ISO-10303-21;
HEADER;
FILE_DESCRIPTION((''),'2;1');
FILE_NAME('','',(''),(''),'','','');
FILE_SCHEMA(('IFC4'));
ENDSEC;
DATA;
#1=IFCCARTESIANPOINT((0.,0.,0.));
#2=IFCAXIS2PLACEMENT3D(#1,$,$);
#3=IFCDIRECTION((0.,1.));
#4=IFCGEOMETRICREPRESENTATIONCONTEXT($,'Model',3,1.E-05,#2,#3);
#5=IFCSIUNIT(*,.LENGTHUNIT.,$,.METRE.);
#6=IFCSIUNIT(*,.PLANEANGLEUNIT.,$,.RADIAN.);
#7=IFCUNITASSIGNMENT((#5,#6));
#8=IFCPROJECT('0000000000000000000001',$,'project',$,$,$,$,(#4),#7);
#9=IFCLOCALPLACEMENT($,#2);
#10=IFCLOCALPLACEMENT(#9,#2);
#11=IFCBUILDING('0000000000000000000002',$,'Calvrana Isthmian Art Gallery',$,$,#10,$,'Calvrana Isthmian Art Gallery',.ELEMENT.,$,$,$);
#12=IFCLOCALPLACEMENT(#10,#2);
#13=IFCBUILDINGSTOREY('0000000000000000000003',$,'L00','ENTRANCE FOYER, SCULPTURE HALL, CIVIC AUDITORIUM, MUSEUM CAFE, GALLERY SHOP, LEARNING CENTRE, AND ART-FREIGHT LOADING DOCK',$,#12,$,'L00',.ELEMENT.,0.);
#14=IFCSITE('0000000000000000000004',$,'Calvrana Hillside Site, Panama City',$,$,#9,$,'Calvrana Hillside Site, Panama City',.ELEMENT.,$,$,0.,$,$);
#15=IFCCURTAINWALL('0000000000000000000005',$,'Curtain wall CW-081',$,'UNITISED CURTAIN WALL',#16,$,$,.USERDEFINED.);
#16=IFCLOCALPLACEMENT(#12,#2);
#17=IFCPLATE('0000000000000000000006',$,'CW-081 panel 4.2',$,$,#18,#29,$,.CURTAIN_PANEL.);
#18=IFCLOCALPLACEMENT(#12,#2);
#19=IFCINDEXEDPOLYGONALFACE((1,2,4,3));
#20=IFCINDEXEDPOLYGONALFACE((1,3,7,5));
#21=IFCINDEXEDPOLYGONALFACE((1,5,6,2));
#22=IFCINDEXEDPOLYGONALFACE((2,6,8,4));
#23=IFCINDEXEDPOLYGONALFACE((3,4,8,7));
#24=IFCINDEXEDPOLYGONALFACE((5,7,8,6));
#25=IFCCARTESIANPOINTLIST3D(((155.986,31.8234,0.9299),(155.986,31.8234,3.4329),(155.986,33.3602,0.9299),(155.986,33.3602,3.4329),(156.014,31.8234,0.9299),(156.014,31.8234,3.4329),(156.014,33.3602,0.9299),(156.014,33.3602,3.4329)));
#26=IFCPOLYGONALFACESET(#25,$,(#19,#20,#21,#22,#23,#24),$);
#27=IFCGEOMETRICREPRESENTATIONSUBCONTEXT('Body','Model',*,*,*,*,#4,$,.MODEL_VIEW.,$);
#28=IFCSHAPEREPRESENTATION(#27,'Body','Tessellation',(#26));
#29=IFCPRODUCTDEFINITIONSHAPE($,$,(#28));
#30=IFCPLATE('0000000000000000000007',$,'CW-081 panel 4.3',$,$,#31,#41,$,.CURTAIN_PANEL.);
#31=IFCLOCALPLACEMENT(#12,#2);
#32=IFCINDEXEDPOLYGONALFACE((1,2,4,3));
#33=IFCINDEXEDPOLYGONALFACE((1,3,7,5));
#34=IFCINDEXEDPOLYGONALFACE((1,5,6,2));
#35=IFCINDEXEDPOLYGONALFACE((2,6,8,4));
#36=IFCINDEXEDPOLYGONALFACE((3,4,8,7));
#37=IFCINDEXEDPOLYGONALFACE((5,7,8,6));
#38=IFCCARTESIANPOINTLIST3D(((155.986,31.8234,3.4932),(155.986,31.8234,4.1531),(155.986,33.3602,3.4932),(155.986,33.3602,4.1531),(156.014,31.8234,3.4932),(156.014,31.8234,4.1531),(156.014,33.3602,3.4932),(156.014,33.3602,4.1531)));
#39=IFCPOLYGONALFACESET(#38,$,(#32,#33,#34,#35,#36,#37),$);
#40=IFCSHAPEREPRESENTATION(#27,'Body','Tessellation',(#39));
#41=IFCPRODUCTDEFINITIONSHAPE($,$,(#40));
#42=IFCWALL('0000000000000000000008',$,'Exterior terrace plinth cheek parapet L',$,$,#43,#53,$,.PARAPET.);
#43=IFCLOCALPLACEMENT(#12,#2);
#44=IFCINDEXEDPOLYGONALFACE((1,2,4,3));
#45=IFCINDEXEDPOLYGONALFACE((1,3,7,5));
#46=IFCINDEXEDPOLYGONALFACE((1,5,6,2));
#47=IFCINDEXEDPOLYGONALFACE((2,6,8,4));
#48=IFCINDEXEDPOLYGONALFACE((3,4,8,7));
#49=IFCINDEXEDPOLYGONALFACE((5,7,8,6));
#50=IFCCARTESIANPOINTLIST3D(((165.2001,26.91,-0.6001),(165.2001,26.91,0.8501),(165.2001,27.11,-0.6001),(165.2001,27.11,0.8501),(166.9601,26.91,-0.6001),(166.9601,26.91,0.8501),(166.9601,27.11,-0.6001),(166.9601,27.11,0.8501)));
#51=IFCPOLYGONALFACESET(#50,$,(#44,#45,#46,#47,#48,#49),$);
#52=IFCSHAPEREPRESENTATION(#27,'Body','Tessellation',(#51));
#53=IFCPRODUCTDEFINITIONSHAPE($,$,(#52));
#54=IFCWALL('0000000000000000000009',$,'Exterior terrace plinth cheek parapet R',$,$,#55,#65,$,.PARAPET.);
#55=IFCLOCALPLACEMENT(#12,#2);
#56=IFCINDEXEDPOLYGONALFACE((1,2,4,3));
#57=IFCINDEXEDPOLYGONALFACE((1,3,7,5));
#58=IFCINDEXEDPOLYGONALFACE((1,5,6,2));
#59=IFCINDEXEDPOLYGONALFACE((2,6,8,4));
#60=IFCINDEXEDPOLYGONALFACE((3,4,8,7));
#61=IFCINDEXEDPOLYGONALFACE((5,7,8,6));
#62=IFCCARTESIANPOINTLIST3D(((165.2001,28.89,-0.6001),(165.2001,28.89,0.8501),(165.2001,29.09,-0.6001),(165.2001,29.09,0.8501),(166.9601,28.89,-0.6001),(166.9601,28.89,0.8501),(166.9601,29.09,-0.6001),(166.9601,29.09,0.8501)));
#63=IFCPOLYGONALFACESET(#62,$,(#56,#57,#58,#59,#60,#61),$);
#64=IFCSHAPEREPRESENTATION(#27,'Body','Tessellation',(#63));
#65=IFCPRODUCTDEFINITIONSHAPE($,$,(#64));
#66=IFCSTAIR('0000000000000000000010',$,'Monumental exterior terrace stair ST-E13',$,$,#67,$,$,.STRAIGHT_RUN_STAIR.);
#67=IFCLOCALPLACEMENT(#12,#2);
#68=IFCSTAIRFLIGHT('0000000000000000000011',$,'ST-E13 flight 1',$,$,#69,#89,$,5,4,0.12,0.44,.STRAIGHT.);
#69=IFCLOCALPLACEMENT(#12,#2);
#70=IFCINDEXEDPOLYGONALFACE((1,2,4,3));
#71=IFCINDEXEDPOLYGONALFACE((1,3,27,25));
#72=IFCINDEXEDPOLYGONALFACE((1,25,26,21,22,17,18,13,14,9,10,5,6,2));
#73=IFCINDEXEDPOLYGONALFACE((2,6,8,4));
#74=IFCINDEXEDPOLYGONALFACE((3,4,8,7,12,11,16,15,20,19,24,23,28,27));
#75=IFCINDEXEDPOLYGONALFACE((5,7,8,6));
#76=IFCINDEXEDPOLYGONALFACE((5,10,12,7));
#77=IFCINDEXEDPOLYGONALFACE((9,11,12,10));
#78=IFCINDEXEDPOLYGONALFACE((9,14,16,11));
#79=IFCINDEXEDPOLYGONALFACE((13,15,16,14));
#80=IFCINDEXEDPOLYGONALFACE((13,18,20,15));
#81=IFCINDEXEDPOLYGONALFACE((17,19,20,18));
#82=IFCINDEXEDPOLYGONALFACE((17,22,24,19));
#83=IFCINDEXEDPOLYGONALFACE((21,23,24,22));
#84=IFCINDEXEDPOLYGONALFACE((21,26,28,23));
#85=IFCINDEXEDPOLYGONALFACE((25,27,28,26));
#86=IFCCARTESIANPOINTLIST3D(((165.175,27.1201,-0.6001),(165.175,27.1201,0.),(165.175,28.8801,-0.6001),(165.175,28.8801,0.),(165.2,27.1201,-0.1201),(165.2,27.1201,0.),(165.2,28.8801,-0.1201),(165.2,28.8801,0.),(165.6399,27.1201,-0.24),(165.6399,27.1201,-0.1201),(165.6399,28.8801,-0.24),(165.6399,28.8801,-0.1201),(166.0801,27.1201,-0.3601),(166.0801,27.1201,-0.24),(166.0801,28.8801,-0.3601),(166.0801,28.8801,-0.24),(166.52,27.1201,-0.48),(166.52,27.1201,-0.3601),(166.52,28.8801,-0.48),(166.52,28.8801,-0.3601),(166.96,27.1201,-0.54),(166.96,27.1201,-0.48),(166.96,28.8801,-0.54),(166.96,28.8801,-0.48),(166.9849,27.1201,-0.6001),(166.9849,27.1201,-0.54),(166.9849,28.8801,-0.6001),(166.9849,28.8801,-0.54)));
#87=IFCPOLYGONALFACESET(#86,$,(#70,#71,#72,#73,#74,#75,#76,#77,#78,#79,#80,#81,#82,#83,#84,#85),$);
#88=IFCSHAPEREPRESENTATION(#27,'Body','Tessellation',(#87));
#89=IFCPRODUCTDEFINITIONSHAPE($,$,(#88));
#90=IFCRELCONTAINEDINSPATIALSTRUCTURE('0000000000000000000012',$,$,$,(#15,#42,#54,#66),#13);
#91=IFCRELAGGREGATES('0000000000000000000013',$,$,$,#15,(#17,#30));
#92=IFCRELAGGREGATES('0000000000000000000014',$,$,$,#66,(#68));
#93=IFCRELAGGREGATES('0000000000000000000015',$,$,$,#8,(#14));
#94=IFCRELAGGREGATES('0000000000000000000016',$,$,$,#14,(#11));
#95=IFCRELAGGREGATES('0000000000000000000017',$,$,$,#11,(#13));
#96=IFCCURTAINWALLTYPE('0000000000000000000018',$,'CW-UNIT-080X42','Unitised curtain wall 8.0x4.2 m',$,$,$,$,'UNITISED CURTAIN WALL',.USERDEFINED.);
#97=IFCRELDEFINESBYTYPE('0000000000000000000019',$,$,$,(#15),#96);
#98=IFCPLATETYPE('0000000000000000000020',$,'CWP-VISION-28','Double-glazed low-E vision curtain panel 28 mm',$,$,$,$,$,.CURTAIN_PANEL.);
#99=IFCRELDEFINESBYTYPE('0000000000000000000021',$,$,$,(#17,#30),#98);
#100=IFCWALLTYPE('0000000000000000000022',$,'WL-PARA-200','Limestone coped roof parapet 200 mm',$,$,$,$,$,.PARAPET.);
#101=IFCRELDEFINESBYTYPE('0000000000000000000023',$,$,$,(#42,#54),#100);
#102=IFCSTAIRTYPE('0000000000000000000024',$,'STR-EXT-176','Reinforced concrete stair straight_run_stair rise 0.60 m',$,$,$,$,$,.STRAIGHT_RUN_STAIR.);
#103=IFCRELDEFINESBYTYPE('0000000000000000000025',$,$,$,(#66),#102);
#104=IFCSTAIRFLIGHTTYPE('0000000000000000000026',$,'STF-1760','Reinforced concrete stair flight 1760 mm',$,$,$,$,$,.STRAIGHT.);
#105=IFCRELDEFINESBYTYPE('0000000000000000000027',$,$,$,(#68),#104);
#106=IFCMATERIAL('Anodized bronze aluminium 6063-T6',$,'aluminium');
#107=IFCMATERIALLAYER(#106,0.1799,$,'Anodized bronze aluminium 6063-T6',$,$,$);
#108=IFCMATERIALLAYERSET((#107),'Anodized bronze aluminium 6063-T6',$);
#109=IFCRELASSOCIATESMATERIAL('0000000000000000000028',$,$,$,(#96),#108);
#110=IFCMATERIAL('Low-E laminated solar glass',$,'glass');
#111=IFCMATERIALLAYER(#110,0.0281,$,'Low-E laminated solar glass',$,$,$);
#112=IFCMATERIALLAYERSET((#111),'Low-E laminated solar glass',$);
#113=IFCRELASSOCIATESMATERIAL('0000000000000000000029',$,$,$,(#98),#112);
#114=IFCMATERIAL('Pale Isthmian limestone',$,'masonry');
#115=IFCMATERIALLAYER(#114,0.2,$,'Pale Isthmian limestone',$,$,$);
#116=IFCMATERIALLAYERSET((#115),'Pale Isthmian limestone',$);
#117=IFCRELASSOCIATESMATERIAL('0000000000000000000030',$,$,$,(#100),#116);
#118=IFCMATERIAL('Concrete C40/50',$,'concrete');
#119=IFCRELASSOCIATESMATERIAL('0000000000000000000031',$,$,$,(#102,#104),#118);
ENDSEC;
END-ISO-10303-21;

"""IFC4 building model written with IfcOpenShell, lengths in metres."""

from ifc_helpers import new_model, si_unit, direction, frame, frame_2d, origin, origin_2d, place, context, subcontext, project, spatial, polyline, rectangle, outline, extrude, material, layer, layer_set, type_object, element, aggregate, save


model = new_model("IFC4")

# Units and contexts
model_context = context("Model", 3, precision=1e-05, world=origin(), true_north=direction((0.0, 1.0)))
body_context = subcontext(model_context, "Body", "Model", "MODEL_VIEW")
ifc_project = project(units=[si_unit("LENGTHUNIT", "METRE"), si_unit("PLANEANGLEUNIT", "RADIAN")], contexts=[model_context])

# Site, building, storey
site_placement = place(None, origin())
site = spatial("IfcSite", under=ifc_project, at=site_placement, Name="Calvrana Hillside Site, Panama City", LongName="Calvrana Hillside Site, Panama City", CompositionType="ELEMENT", RefElevation=0.0)
building_placement = place(site_placement, origin())
building = spatial("IfcBuilding", under=site, at=building_placement, Name="Calvrana Isthmian Art Gallery", LongName="Calvrana Isthmian Art Gallery", CompositionType="ELEMENT")
storey_placement = place(building_placement, origin())
storey = spatial("IfcBuildingStorey", under=building, at=storey_placement, Name="L00", Description="ENTRANCE FOYER, SCULPTURE HALL, CIVIC AUDITORIUM, MUSEUM CAFE, GALLERY SHOP, LEARNING CENTRE, AND ART-FREIGHT LOADING DOCK", LongName="L00", CompositionType="ELEMENT", Elevation=0.0)

# Curtain wall, plates
ifc_material_1 = material(Name="Anodized bronze aluminium 6063-T6", Category="aluminium")
ifc_layer_1 = layer(ifc_material_1, 0.1799, Name="Anodized bronze aluminium 6063-T6")
ifc_layer_set_1 = layer_set([ifc_layer_1], Name="Anodized bronze aluminium 6063-T6")
curtain_wall_type = type_object("IfcCurtainWallType", Name="CW-UNIT-080X42", Description="Unitised curtain wall 8.0x4.2 m", ElementType="UNITISED CURTAIN WALL", PredefinedType="USERDEFINED", material=ifc_layer_set_1)
curtain_wall_placement = place(storey_placement, origin())
curtain_wall = element("IfcCurtainWall", 1, at=curtain_wall_placement, inside=storey, type_object=curtain_wall_type, Name="Curtain wall CW-081", ObjectType="UNITISED CURTAIN WALL", PredefinedType="USERDEFINED")
ifc_material_2 = material(Name="Low-E laminated solar glass", Category="glass")
ifc_layer_2 = layer(ifc_material_2, 0.0281, Name="Low-E laminated solar glass")
ifc_layer_set_2 = layer_set([ifc_layer_2], Name="Low-E laminated solar glass")
plate_type = type_object("IfcPlateType", Name="CWP-VISION-28", Description="Double-glazed low-E vision curtain panel 28 mm", PredefinedType="CURTAIN_PANEL", material=ifc_layer_set_2)
plate_1_placement = place(storey_placement, frame((156.0, 32.5918, 0.9299), z_axis=(0.0, 0.0, 1.0), x_axis=(0.0, -1.0, 0.0)))
plate_1 = element("IfcPlate", 2, at=plate_1_placement, type_object=plate_type, Name="CW-081 panel 4.2", PredefinedType="CURTAIN_PANEL", context=body_context, shape_type="SweptSolid", body=[
    extrude(rectangle(XDim=1.5369, YDim=0.0281, at=origin_2d()), origin(), (0.0, 0.0, 1.0), 2.5029),
])
plate_2_placement = place(storey_placement, frame((156.0, 32.5918, 3.4932), z_axis=(0.0, 0.0, 1.0), x_axis=(0.0, -1.0, 0.0)))
plate_2 = element("IfcPlate", 3, at=plate_2_placement, type_object=plate_type, Name="CW-081 panel 4.3", PredefinedType="CURTAIN_PANEL", context=body_context, shape_type="SweptSolid", body=[
    extrude(rectangle(XDim=1.5369, YDim=0.0281, at=origin_2d()), origin(), (0.0, 0.0, 1.0), 0.6599),
])
aggregate(curtain_wall, [plate_1, plate_2])

# Walls
ifc_material_3 = material(Name="Pale Isthmian limestone", Category="masonry")
ifc_layer_3 = layer(ifc_material_3, 0.2, Name="Pale Isthmian limestone")
ifc_layer_set_3 = layer_set([ifc_layer_3], Name="Pale Isthmian limestone")
wall_type = type_object("IfcWallType", Name="WL-PARA-200", Description="Limestone coped roof parapet 200 mm", PredefinedType="PARAPET", material=ifc_layer_set_3)
for number, where, z_axis, x_axis, name in (
    (4, (166.96, 27.01, -0.6001), (0.0, 0.0, 1.0), (-1.0, 0.0, 0.0), "Exterior terrace plinth cheek parapet L"),
    (5, (166.96, 28.99, -0.6001), (0.0, 0.0, 1.0), (-1.0, 0.0, 0.0), "Exterior terrace plinth cheek parapet R"),
):
    element("IfcWall", number, at=place(storey_placement, frame(where, z_axis=z_axis, x_axis=x_axis)), inside=storey, type_object=wall_type, Name=name, PredefinedType="PARAPET", context=body_context, shape_type="SweptSolid", body=[
        extrude(rectangle(XDim=1.76, YDim=0.2, at=frame_2d((0.8799, 0.0))), origin(), (0.0, 0.0, 1.0), 1.4502),
    ])

# Stair, stair flight
ifc_material_4 = material(Name="Concrete C40/50", Category="concrete")
stair_type = type_object("IfcStairType", Name="STR-EXT-176", Description="Reinforced concrete stair straight_run_stair rise 0.60 m", PredefinedType="STRAIGHT_RUN_STAIR", material=ifc_material_4)
stair_placement = place(storey_placement, origin())
stair = element("IfcStair", 6, at=stair_placement, inside=storey, type_object=stair_type, Name="Monumental exterior terrace stair ST-E13", PredefinedType="STRAIGHT_RUN_STAIR")
stair_flight_type = type_object("IfcStairFlightType", Name="STF-1760", Description="Reinforced concrete stair flight 1760 mm", PredefinedType="STRAIGHT", material=ifc_material_4)
stair_flight_placement = place(storey_placement, frame((166.96, 28.0, -0.6001), z_axis=(0.0, 0.0, 1.0), x_axis=(-1.0, 0.0, 0.0)))
stair_flight = element("IfcStairFlight", 7, at=stair_flight_placement, type_object=stair_flight_type, Name="ST-E13 flight 1", NumberOfRisers=5, NumberOfTreads=4, PredefinedType="STRAIGHT", RiserHeight=0.12, TreadLength=0.44, context=body_context, shape_type="SweptSolid", body=[
    extrude(outline(polyline([(-0.0249, 0.0), (-0.0249, 0.0601), (0.0, 0.0601), (0.0, 0.1201), (0.4399, 0.1201), (0.4399, 0.24), (0.8799, 0.24), (0.8799, 0.3601), (1.3201, 0.3601), (1.3201, 0.48), (1.76, 0.48), (1.76, 0.6001), (1.7849, 0.6001), (1.7849, 0.0), (-0.0249, 0.0)])), frame((0.0, 0.8799, 0.0), z_axis=(0.0, -1.0, 0.0), x_axis=(1.0, 0.0, 0.0)), (0.0, 0.0, 1.0), 1.76),
])
aggregate(stair, [stair_flight])

save(model, "model.ifc")
